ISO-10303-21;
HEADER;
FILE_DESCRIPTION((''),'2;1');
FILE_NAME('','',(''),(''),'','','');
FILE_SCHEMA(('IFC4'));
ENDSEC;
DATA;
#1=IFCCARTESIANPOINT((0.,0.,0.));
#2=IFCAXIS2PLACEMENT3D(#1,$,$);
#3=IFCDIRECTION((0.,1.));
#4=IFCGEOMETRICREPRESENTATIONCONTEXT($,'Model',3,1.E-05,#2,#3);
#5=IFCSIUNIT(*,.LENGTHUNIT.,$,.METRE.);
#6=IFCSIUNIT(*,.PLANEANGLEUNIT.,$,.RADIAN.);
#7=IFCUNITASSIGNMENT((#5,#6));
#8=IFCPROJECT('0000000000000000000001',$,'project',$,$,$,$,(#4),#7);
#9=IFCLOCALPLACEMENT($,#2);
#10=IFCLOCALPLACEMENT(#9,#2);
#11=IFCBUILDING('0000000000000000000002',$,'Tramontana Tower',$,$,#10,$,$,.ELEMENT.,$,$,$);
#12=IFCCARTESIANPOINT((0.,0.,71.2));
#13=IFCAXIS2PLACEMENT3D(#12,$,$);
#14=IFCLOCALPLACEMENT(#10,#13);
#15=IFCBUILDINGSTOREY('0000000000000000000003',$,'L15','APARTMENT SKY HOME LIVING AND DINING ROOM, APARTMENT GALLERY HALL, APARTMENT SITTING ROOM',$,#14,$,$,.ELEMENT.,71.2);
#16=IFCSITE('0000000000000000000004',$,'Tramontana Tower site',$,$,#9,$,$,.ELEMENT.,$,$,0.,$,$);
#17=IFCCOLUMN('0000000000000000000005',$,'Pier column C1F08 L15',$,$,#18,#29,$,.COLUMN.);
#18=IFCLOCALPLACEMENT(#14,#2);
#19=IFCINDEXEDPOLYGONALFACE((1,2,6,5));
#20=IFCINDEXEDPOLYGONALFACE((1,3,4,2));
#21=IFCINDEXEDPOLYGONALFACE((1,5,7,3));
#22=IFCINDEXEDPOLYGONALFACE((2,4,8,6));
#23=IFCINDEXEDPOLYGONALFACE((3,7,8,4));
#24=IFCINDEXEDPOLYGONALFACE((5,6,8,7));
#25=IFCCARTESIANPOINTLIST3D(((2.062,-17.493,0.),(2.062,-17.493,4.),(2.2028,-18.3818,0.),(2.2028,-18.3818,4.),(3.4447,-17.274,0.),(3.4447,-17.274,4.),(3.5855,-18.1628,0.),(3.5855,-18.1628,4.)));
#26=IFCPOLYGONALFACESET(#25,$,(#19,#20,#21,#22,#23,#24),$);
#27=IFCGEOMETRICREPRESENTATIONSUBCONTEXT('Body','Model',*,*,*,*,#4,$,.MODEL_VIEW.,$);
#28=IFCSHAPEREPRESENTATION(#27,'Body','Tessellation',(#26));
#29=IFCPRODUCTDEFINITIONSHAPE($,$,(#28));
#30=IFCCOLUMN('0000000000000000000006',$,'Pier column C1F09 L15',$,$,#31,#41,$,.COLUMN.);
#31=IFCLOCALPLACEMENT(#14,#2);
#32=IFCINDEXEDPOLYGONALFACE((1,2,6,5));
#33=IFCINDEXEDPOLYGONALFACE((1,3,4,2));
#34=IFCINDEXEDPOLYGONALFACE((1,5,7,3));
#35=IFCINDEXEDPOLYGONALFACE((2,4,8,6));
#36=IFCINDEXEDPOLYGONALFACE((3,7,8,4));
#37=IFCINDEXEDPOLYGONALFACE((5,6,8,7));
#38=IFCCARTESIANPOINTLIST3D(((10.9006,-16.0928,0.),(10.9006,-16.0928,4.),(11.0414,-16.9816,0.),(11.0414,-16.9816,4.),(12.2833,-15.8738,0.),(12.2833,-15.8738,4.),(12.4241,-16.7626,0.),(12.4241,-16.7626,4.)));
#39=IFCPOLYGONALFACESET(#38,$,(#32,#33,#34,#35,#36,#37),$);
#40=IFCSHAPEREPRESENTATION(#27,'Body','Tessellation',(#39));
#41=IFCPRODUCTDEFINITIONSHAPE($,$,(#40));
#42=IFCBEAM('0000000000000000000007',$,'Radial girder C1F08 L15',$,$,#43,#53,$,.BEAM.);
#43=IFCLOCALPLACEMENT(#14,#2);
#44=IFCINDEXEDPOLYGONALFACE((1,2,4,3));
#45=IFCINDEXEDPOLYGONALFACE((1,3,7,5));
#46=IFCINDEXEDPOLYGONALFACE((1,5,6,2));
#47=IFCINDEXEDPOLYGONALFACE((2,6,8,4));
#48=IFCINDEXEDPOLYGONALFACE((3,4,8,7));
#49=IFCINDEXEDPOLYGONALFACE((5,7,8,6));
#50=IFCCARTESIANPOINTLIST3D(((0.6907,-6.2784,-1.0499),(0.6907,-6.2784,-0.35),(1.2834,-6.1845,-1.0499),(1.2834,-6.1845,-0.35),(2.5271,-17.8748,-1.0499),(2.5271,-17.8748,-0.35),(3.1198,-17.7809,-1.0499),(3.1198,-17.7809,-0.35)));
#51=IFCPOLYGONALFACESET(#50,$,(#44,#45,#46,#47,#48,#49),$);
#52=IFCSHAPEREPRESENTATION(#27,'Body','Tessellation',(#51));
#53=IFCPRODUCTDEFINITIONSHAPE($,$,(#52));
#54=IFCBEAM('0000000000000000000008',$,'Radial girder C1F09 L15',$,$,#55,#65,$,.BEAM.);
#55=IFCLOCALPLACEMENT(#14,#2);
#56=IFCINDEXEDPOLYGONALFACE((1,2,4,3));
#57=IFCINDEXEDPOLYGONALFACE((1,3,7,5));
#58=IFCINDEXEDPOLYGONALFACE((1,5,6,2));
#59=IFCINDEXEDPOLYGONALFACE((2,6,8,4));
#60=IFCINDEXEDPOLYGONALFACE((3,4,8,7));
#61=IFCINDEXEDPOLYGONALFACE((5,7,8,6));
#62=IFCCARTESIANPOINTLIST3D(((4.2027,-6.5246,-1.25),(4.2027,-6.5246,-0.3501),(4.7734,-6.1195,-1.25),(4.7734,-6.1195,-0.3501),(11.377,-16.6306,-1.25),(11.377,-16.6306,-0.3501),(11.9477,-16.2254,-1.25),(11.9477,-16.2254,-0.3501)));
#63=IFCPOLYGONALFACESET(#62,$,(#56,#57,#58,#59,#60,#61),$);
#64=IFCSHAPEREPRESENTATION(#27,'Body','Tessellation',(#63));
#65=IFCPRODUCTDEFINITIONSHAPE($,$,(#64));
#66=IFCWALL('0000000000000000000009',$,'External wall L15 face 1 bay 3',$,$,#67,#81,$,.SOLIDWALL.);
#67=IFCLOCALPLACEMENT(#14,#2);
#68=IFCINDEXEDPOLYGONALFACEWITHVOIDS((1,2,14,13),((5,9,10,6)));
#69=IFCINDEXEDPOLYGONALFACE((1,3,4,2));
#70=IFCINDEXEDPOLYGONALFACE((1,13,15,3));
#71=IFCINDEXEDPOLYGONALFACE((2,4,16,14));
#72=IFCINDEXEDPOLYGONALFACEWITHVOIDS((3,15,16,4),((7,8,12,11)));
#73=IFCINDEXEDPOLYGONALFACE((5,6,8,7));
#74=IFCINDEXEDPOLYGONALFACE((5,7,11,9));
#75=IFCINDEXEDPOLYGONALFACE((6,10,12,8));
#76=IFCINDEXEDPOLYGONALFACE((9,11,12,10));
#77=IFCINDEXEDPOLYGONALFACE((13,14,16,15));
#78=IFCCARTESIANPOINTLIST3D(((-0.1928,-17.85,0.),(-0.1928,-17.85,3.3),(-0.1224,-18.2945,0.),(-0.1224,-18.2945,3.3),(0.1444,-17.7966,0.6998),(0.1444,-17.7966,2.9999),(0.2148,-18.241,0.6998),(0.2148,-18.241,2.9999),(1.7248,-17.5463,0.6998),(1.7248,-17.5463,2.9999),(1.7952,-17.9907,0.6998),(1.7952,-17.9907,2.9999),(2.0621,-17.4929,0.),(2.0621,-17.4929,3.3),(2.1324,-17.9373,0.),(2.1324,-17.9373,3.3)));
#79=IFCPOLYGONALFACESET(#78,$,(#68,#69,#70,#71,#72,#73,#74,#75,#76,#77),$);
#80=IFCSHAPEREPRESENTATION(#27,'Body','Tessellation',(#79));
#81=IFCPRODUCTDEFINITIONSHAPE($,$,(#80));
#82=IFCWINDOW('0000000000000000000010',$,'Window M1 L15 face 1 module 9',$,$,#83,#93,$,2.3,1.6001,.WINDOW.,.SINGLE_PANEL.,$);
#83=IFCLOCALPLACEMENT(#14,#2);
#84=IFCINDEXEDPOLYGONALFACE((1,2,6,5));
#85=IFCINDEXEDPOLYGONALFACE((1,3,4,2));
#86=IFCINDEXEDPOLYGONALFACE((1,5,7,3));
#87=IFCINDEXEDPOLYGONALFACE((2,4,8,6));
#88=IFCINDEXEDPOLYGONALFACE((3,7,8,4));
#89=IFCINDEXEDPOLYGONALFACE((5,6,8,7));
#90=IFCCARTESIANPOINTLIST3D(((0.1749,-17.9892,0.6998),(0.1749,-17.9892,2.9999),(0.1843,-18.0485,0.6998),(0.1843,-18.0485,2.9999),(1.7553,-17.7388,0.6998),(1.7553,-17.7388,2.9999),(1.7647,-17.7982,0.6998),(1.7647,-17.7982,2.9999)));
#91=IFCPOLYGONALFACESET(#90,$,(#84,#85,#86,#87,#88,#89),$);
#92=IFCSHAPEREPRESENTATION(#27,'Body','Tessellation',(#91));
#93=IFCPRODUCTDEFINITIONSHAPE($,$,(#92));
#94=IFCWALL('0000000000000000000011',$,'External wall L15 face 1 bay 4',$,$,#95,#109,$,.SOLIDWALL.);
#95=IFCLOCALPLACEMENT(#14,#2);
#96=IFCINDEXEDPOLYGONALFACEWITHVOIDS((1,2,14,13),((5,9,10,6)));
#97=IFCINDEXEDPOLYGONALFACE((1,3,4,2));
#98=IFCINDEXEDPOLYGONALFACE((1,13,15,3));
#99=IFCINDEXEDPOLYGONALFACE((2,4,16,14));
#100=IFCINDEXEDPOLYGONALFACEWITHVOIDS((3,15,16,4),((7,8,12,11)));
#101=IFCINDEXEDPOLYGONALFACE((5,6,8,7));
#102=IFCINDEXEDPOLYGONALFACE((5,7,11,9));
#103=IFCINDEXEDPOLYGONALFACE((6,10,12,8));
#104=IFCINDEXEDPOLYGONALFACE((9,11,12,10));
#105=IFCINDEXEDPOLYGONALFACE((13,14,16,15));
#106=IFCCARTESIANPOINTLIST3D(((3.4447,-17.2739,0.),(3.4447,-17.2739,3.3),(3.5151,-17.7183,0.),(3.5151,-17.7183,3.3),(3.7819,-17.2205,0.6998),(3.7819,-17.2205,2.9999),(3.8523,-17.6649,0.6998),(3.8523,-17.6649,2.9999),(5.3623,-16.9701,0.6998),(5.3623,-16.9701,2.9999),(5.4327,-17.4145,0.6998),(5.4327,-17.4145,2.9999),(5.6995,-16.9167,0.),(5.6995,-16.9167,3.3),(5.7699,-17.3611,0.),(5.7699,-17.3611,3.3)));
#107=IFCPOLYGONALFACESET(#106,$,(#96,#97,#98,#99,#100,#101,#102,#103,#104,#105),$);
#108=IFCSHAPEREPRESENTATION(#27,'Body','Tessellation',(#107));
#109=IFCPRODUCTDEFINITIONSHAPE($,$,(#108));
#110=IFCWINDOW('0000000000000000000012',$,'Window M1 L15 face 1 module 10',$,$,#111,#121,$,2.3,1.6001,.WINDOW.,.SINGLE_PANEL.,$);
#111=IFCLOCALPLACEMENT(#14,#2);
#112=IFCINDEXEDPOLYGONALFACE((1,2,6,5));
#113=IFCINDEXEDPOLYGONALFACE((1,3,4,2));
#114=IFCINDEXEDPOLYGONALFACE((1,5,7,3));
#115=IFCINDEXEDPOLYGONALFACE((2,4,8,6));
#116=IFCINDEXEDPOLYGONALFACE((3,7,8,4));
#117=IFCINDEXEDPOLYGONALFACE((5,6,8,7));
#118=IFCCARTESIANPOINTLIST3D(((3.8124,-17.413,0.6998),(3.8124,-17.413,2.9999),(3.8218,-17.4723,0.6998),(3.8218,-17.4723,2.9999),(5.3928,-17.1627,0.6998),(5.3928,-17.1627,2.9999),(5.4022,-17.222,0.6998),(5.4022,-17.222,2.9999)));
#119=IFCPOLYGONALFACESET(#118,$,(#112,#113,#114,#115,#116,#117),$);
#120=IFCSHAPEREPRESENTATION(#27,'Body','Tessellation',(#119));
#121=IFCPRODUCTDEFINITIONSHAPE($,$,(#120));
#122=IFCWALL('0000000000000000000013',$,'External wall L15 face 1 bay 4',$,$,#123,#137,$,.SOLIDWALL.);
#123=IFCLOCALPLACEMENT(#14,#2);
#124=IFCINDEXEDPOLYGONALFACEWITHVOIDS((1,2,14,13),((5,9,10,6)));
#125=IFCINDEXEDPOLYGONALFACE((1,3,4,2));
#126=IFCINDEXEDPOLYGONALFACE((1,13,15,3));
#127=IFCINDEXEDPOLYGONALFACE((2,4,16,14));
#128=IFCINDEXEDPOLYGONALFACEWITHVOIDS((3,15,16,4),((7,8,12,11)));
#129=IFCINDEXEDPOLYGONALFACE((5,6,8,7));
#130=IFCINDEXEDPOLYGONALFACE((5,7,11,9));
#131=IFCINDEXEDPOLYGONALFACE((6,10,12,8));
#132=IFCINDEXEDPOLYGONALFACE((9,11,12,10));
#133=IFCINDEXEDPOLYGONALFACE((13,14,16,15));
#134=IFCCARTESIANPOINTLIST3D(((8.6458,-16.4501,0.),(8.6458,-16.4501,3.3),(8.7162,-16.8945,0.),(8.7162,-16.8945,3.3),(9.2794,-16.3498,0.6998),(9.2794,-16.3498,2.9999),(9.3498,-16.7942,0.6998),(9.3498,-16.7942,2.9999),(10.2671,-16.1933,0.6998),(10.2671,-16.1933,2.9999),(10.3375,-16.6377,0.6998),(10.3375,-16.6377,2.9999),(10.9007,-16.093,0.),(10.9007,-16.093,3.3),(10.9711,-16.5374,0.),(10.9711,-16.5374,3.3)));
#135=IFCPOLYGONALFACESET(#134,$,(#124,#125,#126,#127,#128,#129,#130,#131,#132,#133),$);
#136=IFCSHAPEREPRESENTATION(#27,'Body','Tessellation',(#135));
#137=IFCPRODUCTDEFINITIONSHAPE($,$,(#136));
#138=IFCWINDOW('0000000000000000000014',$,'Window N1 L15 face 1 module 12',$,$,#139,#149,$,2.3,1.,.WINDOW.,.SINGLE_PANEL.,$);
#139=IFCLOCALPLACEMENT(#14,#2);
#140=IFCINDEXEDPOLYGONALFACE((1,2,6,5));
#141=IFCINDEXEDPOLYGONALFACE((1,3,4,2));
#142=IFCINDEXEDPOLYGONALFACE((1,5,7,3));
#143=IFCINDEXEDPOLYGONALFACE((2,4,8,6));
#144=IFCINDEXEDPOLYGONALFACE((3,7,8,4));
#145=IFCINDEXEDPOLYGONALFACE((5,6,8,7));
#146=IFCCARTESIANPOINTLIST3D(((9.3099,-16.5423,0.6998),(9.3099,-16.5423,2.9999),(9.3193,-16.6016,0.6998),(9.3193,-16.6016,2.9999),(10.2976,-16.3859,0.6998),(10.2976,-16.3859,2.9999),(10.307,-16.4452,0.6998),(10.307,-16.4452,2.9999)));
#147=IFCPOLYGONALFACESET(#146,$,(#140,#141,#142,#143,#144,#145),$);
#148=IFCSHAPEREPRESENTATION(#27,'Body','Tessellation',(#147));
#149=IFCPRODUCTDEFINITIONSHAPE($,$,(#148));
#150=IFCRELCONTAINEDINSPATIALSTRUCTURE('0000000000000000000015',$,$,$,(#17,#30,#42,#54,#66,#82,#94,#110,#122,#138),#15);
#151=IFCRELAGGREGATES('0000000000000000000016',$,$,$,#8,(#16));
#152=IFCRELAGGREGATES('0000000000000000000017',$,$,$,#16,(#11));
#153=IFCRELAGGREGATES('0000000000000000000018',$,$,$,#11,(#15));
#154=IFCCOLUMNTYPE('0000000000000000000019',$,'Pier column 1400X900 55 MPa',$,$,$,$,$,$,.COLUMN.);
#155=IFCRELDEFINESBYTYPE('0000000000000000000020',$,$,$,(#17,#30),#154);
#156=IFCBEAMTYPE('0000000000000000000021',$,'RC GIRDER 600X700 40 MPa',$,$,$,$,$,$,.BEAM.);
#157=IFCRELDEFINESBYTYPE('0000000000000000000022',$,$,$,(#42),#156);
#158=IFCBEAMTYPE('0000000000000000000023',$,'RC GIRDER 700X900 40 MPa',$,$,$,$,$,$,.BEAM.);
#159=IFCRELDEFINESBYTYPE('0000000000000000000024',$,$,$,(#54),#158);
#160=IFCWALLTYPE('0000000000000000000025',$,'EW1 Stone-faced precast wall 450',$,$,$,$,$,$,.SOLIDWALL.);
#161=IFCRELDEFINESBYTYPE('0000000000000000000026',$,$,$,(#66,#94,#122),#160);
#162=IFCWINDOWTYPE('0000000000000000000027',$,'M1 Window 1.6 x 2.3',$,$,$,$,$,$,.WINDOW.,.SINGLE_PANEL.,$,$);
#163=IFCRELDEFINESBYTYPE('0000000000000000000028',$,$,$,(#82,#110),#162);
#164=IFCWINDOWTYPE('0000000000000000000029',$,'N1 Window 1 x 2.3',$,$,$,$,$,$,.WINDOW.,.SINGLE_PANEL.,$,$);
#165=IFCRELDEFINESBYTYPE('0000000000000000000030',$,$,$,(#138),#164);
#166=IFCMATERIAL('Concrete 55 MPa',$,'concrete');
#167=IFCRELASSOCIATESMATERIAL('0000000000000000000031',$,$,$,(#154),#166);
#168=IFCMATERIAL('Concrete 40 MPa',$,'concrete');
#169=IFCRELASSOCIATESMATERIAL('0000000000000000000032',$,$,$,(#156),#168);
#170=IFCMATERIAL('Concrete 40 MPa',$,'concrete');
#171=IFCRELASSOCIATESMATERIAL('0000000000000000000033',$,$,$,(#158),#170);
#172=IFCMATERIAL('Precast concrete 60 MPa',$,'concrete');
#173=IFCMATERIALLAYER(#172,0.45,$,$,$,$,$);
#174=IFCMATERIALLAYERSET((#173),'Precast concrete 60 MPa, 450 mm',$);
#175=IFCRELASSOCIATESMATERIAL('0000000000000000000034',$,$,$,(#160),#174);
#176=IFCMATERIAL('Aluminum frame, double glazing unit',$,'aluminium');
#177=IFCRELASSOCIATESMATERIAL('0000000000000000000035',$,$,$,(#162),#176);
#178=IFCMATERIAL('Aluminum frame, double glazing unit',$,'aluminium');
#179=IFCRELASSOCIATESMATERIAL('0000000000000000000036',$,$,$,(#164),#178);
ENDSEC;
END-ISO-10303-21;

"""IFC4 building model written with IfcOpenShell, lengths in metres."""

from ifc_helpers import new_model, si_unit, direction, frame, frame_2d, origin, origin_2d, place, context, subcontext, project, spatial, rectangle, extrude, material, layer, layer_set, material_profile, profile_set, type_object, element, fill, save


model = new_model("IFC4")

# Units and contexts
model_context = context("Model", 3, precision=1e-05, world=origin(), true_north=direction((0.0, 1.0)))
body_context = subcontext(model_context, "Body", "Model", "MODEL_VIEW")
ifc_project = project(units=[si_unit("LENGTHUNIT", "METRE"), si_unit("PLANEANGLEUNIT", "RADIAN")], contexts=[model_context])

# Site, building, storey
site_placement = place(None, origin())
site = spatial("IfcSite", under=ifc_project, at=site_placement, Name="Tramontana Tower site", CompositionType="ELEMENT", RefElevation=0.0)
building_placement = place(site_placement, origin())
building = spatial("IfcBuilding", under=site, at=building_placement, Name="Tramontana Tower", CompositionType="ELEMENT")
storey_placement = place(building_placement, frame((0.0, 0.0, 71.2)))
storey = spatial("IfcBuildingStorey", under=building, at=storey_placement, Name="L15", Description="APARTMENT SKY HOME LIVING AND DINING ROOM, APARTMENT GALLERY HALL, APARTMENT SITTING ROOM", CompositionType="ELEMENT", Elevation=71.2)

# Columns
ifc_material_1 = material(Name="Concrete 55 MPa", Category="concrete")
ifc_material_profile_1 = material_profile(ifc_material_1, rectangle(XDim=1.3999, YDim=0.8999, at=origin_2d()), Name="Pier column 1400X900 55 MPa")
ifc_profile_set_1 = profile_set([ifc_material_profile_1], Name="Concrete 55 MPa")
column_type = type_object("IfcColumnType", Name="Pier column 1400X900 55 MPa", PredefinedType="COLUMN", material=ifc_profile_set_1)
for number, where, z_axis, x_axis, name in (
    (1, (2.8237, -17.8279, 0.0), (0.0, 0.0, 1.0), (0.987688, 0.156434, 0.0), "Pier column C1F08 L15"),
    (2, (11.6624, -16.4277, 0.0), (0.0, 0.0, 1.0), (0.987688, 0.156434, 0.0), "Pier column C1F09 L15"),
):
    element("IfcColumn", number, at=place(storey_placement, frame(where, z_axis=z_axis, x_axis=x_axis)), inside=storey, type_object=column_type, Name=name, PredefinedType="COLUMN", context=body_context, shape_type="SweptSolid", body=[
        extrude(rectangle(XDim=1.3999, YDim=0.8999, at=origin_2d()), origin(), (0.0, 0.0, 1.0), 4.0),
    ])

# Beams
ifc_material_2 = material(Name="Concrete 40 MPa", Category="concrete")
ifc_material_profile_2 = material_profile(ifc_material_2, rectangle(XDim=0.6001, YDim=0.7, at=origin_2d()), Name="RC GIRDER 600X700 40 MPa")
ifc_profile_set_2 = profile_set([ifc_material_profile_2], Name="Concrete 40 MPa")
beam_type_1 = type_object("IfcBeamType", Name="RC GIRDER 600X700 40 MPa", PredefinedType="BEAM", material=ifc_profile_set_2)
beam_1_placement = place(storey_placement, frame((2.8235, -17.8279, -0.7), z_axis=(-0.156412, 0.987692, 0.0), x_axis=(-0.987692, -0.156412, 0.0)))
element("IfcBeam", 3, at=beam_1_placement, inside=storey, type_object=beam_type_1, Name="Radial girder C1F08 L15", PredefinedType="BEAM", context=body_context, shape_type="SweptSolid", body=[
    extrude(rectangle(XDim=0.6001, YDim=0.7, at=origin_2d()), origin(), (0.0, 0.0, 1.0), 11.741),
])
ifc_material_3 = material(Name="Concrete 40 MPa", Category="concrete")
ifc_material_profile_3 = material_profile(ifc_material_3, rectangle(XDim=0.7, YDim=0.8999, at=origin_2d()), Name="RC GIRDER 700X900 40 MPa")
ifc_profile_set_3 = profile_set([ifc_material_profile_3], Name="Concrete 40 MPa")
beam_type_2 = type_object("IfcBeamType", Name="RC GIRDER 700X900 40 MPa", PredefinedType="BEAM", material=ifc_profile_set_3)
beam_2_placement = place(storey_placement, frame((11.6624, -16.428, -0.8), z_axis=(-0.578873, 0.815418, 0.0), x_axis=(-0.815418, -0.578873, 0.0)))
element("IfcBeam", 4, at=beam_2_placement, inside=storey, type_object=beam_type_2, Name="Radial girder C1F09 L15", PredefinedType="BEAM", context=body_context, shape_type="SweptSolid", body=[
    extrude(rectangle(XDim=0.7, YDim=0.8999, at=origin_2d()), origin(), (0.0, 0.0, 1.0), 12.3936),
])

# Walls, openings, windows
ifc_material_4 = material(Name="Precast concrete 60 MPa", Category="concrete")
ifc_layer_1 = layer(ifc_material_4, 0.45)
ifc_layer_set_1 = layer_set([ifc_layer_1], Name="Precast concrete 60 MPa, 450 mm")
wall_type_1 = type_object("IfcWallType", Name="EW1 Stone-faced precast wall 450", PredefinedType="SOLIDWALL", material=ifc_layer_set_1)
wall_1_placement = place(storey_placement, frame((-0.1577, -18.0723, 0.0), z_axis=(0.0, 0.0, 1.0), x_axis=(0.987686, 0.156451, 0.0)))
wall_1 = element("IfcWall", 5, at=wall_1_placement, inside=storey, type_object=wall_type_1, Name="External wall L15 face 1 bay 3", PredefinedType="SOLIDWALL", context=body_context, shape_type="SweptSolid", body=[
    extrude(rectangle(XDim=2.283, YDim=0.45, at=frame_2d((1.1416, 0.0))), origin(), (0.0, 0.0, 1.0), 3.3),
])
opening_1_placement = place(wall_1_placement, frame((0.3416, 0.0, 0.7)))
opening_1 = element("IfcOpeningElement", 6, at=opening_1_placement, cuts=wall_1, PredefinedType="OPENING", context=body_context, shape_type="SweptSolid", body=[
    extrude(rectangle(XDim=1.6001, YDim=2.3, at=frame_2d((0.8, 1.1499))), frame((0.0, 0.2349, 0.0), z_axis=(0.0, -1.0, 0.0), x_axis=(1.0, 0.0, 0.0)), (0.0, 0.0, 1.0), 0.47),
])
ifc_material_5 = material(Name="Aluminum frame, double glazing unit", Category="aluminium")
window_type_1 = type_object("IfcWindowType", Name="M1 Window 1.6 x 2.3", PartitioningType="SINGLE_PANEL", PredefinedType="WINDOW", material=ifc_material_5)
window_1_placement = place(opening_1_placement, origin())
window_1 = element("IfcWindow", 7, at=window_1_placement, inside=storey, type_object=window_type_1, Name="Window M1 L15 face 1 module 9", OverallHeight=2.3, OverallWidth=1.6001, PartitioningType="SINGLE_PANEL", PredefinedType="WINDOW", context=body_context, shape_type="SweptSolid", body=[
    extrude(rectangle(XDim=1.6001, YDim=2.3, at=frame_2d((0.8, 1.1499))), frame((0.0, 0.03, 0.0), z_axis=(0.0, -1.0, 0.0), x_axis=(1.0, 0.0, 0.0)), (0.0, 0.0, 1.0), 0.0601),
])
fill(opening_1, window_1)
wall_2_placement = place(storey_placement, frame((3.4797, -17.4961, 0.0), z_axis=(0.0, 0.0, 1.0), x_axis=(0.987686, 0.156451, 0.0)))
wall_2 = element("IfcWall", 8, at=wall_2_placement, inside=storey, type_object=wall_type_1, Name="External wall L15 face 1 bay 4", PredefinedType="SOLIDWALL", context=body_context, shape_type="SweptSolid", body=[
    extrude(rectangle(XDim=2.283, YDim=0.45, at=frame_2d((1.1416, 0.0))), origin(), (0.0, 0.0, 1.0), 3.3),
])
opening_2_placement = place(wall_2_placement, frame((0.3416, 0.0, 0.7)))
opening_2 = element("IfcOpeningElement", 9, at=opening_2_placement, cuts=wall_2, PredefinedType="OPENING", context=body_context, shape_type="SweptSolid", body=[
    extrude(rectangle(XDim=1.6001, YDim=2.3, at=frame_2d((0.8, 1.1499))), frame((0.0, 0.2349, 0.0), z_axis=(0.0, -1.0, 0.0), x_axis=(1.0, 0.0, 0.0)), (0.0, 0.0, 1.0), 0.47),
])
window_2_placement = place(opening_2_placement, origin())
window_2 = element("IfcWindow", 10, at=window_2_placement, inside=storey, type_object=window_type_1, Name="Window M1 L15 face 1 module 10", OverallHeight=2.3, OverallWidth=1.6001, PartitioningType="SINGLE_PANEL", PredefinedType="WINDOW", context=body_context, shape_type="SweptSolid", body=[
    extrude(rectangle(XDim=1.6001, YDim=2.3, at=frame_2d((0.8, 1.1499))), frame((0.0, 0.03, 0.0), z_axis=(0.0, -1.0, 0.0), x_axis=(1.0, 0.0, 0.0)), (0.0, 0.0, 1.0), 0.0601),
])
fill(opening_2, window_2)
wall_3_placement = place(storey_placement, frame((8.6809, -16.6724, 0.0), z_axis=(0.0, 0.0, 1.0), x_axis=(0.987686, 0.156451, 0.0)))
wall_3 = element("IfcWall", 11, at=wall_3_placement, inside=storey, type_object=wall_type_1, Name="External wall L15 face 1 bay 4", PredefinedType="SOLIDWALL", context=body_context, shape_type="SweptSolid", body=[
    extrude(rectangle(XDim=2.283, YDim=0.45, at=frame_2d((1.1416, 0.0))), origin(), (0.0, 0.0, 1.0), 3.3),
])
opening_3_placement = place(wall_3_placement, frame((0.6416, 0.0, 0.7)))
opening_3 = element("IfcOpeningElement", 12, at=opening_3_placement, cuts=wall_3, PredefinedType="OPENING", context=body_context, shape_type="SweptSolid", body=[
    extrude(rectangle(XDim=1.0, YDim=2.3, at=frame_2d((0.5, 1.1499))), frame((0.0, 0.2349, 0.0), z_axis=(0.0, -1.0, 0.0), x_axis=(1.0, 0.0, 0.0)), (0.0, 0.0, 1.0), 0.47),
])
ifc_material_6 = material(Name="Aluminum frame, double glazing unit", Category="aluminium")
window_type_2 = type_object("IfcWindowType", Name="N1 Window 1 x 2.3", PartitioningType="SINGLE_PANEL", PredefinedType="WINDOW", material=ifc_material_6)
window_3_placement = place(opening_3_placement, origin())
window_3 = element("IfcWindow", 13, at=window_3_placement, inside=storey, type_object=window_type_2, Name="Window N1 L15 face 1 module 12", OverallHeight=2.3, OverallWidth=1.0, PartitioningType="SINGLE_PANEL", PredefinedType="WINDOW", context=body_context, shape_type="SweptSolid", body=[
    extrude(rectangle(XDim=1.0, YDim=2.3, at=frame_2d((0.5, 1.1499))), frame((0.0, 0.03, 0.0), z_axis=(0.0, -1.0, 0.0), x_axis=(1.0, 0.0, 0.0)), (0.0, 0.0, 1.0), 0.0601),
])
fill(opening_3, window_3)

save(model, "model.ifc")
